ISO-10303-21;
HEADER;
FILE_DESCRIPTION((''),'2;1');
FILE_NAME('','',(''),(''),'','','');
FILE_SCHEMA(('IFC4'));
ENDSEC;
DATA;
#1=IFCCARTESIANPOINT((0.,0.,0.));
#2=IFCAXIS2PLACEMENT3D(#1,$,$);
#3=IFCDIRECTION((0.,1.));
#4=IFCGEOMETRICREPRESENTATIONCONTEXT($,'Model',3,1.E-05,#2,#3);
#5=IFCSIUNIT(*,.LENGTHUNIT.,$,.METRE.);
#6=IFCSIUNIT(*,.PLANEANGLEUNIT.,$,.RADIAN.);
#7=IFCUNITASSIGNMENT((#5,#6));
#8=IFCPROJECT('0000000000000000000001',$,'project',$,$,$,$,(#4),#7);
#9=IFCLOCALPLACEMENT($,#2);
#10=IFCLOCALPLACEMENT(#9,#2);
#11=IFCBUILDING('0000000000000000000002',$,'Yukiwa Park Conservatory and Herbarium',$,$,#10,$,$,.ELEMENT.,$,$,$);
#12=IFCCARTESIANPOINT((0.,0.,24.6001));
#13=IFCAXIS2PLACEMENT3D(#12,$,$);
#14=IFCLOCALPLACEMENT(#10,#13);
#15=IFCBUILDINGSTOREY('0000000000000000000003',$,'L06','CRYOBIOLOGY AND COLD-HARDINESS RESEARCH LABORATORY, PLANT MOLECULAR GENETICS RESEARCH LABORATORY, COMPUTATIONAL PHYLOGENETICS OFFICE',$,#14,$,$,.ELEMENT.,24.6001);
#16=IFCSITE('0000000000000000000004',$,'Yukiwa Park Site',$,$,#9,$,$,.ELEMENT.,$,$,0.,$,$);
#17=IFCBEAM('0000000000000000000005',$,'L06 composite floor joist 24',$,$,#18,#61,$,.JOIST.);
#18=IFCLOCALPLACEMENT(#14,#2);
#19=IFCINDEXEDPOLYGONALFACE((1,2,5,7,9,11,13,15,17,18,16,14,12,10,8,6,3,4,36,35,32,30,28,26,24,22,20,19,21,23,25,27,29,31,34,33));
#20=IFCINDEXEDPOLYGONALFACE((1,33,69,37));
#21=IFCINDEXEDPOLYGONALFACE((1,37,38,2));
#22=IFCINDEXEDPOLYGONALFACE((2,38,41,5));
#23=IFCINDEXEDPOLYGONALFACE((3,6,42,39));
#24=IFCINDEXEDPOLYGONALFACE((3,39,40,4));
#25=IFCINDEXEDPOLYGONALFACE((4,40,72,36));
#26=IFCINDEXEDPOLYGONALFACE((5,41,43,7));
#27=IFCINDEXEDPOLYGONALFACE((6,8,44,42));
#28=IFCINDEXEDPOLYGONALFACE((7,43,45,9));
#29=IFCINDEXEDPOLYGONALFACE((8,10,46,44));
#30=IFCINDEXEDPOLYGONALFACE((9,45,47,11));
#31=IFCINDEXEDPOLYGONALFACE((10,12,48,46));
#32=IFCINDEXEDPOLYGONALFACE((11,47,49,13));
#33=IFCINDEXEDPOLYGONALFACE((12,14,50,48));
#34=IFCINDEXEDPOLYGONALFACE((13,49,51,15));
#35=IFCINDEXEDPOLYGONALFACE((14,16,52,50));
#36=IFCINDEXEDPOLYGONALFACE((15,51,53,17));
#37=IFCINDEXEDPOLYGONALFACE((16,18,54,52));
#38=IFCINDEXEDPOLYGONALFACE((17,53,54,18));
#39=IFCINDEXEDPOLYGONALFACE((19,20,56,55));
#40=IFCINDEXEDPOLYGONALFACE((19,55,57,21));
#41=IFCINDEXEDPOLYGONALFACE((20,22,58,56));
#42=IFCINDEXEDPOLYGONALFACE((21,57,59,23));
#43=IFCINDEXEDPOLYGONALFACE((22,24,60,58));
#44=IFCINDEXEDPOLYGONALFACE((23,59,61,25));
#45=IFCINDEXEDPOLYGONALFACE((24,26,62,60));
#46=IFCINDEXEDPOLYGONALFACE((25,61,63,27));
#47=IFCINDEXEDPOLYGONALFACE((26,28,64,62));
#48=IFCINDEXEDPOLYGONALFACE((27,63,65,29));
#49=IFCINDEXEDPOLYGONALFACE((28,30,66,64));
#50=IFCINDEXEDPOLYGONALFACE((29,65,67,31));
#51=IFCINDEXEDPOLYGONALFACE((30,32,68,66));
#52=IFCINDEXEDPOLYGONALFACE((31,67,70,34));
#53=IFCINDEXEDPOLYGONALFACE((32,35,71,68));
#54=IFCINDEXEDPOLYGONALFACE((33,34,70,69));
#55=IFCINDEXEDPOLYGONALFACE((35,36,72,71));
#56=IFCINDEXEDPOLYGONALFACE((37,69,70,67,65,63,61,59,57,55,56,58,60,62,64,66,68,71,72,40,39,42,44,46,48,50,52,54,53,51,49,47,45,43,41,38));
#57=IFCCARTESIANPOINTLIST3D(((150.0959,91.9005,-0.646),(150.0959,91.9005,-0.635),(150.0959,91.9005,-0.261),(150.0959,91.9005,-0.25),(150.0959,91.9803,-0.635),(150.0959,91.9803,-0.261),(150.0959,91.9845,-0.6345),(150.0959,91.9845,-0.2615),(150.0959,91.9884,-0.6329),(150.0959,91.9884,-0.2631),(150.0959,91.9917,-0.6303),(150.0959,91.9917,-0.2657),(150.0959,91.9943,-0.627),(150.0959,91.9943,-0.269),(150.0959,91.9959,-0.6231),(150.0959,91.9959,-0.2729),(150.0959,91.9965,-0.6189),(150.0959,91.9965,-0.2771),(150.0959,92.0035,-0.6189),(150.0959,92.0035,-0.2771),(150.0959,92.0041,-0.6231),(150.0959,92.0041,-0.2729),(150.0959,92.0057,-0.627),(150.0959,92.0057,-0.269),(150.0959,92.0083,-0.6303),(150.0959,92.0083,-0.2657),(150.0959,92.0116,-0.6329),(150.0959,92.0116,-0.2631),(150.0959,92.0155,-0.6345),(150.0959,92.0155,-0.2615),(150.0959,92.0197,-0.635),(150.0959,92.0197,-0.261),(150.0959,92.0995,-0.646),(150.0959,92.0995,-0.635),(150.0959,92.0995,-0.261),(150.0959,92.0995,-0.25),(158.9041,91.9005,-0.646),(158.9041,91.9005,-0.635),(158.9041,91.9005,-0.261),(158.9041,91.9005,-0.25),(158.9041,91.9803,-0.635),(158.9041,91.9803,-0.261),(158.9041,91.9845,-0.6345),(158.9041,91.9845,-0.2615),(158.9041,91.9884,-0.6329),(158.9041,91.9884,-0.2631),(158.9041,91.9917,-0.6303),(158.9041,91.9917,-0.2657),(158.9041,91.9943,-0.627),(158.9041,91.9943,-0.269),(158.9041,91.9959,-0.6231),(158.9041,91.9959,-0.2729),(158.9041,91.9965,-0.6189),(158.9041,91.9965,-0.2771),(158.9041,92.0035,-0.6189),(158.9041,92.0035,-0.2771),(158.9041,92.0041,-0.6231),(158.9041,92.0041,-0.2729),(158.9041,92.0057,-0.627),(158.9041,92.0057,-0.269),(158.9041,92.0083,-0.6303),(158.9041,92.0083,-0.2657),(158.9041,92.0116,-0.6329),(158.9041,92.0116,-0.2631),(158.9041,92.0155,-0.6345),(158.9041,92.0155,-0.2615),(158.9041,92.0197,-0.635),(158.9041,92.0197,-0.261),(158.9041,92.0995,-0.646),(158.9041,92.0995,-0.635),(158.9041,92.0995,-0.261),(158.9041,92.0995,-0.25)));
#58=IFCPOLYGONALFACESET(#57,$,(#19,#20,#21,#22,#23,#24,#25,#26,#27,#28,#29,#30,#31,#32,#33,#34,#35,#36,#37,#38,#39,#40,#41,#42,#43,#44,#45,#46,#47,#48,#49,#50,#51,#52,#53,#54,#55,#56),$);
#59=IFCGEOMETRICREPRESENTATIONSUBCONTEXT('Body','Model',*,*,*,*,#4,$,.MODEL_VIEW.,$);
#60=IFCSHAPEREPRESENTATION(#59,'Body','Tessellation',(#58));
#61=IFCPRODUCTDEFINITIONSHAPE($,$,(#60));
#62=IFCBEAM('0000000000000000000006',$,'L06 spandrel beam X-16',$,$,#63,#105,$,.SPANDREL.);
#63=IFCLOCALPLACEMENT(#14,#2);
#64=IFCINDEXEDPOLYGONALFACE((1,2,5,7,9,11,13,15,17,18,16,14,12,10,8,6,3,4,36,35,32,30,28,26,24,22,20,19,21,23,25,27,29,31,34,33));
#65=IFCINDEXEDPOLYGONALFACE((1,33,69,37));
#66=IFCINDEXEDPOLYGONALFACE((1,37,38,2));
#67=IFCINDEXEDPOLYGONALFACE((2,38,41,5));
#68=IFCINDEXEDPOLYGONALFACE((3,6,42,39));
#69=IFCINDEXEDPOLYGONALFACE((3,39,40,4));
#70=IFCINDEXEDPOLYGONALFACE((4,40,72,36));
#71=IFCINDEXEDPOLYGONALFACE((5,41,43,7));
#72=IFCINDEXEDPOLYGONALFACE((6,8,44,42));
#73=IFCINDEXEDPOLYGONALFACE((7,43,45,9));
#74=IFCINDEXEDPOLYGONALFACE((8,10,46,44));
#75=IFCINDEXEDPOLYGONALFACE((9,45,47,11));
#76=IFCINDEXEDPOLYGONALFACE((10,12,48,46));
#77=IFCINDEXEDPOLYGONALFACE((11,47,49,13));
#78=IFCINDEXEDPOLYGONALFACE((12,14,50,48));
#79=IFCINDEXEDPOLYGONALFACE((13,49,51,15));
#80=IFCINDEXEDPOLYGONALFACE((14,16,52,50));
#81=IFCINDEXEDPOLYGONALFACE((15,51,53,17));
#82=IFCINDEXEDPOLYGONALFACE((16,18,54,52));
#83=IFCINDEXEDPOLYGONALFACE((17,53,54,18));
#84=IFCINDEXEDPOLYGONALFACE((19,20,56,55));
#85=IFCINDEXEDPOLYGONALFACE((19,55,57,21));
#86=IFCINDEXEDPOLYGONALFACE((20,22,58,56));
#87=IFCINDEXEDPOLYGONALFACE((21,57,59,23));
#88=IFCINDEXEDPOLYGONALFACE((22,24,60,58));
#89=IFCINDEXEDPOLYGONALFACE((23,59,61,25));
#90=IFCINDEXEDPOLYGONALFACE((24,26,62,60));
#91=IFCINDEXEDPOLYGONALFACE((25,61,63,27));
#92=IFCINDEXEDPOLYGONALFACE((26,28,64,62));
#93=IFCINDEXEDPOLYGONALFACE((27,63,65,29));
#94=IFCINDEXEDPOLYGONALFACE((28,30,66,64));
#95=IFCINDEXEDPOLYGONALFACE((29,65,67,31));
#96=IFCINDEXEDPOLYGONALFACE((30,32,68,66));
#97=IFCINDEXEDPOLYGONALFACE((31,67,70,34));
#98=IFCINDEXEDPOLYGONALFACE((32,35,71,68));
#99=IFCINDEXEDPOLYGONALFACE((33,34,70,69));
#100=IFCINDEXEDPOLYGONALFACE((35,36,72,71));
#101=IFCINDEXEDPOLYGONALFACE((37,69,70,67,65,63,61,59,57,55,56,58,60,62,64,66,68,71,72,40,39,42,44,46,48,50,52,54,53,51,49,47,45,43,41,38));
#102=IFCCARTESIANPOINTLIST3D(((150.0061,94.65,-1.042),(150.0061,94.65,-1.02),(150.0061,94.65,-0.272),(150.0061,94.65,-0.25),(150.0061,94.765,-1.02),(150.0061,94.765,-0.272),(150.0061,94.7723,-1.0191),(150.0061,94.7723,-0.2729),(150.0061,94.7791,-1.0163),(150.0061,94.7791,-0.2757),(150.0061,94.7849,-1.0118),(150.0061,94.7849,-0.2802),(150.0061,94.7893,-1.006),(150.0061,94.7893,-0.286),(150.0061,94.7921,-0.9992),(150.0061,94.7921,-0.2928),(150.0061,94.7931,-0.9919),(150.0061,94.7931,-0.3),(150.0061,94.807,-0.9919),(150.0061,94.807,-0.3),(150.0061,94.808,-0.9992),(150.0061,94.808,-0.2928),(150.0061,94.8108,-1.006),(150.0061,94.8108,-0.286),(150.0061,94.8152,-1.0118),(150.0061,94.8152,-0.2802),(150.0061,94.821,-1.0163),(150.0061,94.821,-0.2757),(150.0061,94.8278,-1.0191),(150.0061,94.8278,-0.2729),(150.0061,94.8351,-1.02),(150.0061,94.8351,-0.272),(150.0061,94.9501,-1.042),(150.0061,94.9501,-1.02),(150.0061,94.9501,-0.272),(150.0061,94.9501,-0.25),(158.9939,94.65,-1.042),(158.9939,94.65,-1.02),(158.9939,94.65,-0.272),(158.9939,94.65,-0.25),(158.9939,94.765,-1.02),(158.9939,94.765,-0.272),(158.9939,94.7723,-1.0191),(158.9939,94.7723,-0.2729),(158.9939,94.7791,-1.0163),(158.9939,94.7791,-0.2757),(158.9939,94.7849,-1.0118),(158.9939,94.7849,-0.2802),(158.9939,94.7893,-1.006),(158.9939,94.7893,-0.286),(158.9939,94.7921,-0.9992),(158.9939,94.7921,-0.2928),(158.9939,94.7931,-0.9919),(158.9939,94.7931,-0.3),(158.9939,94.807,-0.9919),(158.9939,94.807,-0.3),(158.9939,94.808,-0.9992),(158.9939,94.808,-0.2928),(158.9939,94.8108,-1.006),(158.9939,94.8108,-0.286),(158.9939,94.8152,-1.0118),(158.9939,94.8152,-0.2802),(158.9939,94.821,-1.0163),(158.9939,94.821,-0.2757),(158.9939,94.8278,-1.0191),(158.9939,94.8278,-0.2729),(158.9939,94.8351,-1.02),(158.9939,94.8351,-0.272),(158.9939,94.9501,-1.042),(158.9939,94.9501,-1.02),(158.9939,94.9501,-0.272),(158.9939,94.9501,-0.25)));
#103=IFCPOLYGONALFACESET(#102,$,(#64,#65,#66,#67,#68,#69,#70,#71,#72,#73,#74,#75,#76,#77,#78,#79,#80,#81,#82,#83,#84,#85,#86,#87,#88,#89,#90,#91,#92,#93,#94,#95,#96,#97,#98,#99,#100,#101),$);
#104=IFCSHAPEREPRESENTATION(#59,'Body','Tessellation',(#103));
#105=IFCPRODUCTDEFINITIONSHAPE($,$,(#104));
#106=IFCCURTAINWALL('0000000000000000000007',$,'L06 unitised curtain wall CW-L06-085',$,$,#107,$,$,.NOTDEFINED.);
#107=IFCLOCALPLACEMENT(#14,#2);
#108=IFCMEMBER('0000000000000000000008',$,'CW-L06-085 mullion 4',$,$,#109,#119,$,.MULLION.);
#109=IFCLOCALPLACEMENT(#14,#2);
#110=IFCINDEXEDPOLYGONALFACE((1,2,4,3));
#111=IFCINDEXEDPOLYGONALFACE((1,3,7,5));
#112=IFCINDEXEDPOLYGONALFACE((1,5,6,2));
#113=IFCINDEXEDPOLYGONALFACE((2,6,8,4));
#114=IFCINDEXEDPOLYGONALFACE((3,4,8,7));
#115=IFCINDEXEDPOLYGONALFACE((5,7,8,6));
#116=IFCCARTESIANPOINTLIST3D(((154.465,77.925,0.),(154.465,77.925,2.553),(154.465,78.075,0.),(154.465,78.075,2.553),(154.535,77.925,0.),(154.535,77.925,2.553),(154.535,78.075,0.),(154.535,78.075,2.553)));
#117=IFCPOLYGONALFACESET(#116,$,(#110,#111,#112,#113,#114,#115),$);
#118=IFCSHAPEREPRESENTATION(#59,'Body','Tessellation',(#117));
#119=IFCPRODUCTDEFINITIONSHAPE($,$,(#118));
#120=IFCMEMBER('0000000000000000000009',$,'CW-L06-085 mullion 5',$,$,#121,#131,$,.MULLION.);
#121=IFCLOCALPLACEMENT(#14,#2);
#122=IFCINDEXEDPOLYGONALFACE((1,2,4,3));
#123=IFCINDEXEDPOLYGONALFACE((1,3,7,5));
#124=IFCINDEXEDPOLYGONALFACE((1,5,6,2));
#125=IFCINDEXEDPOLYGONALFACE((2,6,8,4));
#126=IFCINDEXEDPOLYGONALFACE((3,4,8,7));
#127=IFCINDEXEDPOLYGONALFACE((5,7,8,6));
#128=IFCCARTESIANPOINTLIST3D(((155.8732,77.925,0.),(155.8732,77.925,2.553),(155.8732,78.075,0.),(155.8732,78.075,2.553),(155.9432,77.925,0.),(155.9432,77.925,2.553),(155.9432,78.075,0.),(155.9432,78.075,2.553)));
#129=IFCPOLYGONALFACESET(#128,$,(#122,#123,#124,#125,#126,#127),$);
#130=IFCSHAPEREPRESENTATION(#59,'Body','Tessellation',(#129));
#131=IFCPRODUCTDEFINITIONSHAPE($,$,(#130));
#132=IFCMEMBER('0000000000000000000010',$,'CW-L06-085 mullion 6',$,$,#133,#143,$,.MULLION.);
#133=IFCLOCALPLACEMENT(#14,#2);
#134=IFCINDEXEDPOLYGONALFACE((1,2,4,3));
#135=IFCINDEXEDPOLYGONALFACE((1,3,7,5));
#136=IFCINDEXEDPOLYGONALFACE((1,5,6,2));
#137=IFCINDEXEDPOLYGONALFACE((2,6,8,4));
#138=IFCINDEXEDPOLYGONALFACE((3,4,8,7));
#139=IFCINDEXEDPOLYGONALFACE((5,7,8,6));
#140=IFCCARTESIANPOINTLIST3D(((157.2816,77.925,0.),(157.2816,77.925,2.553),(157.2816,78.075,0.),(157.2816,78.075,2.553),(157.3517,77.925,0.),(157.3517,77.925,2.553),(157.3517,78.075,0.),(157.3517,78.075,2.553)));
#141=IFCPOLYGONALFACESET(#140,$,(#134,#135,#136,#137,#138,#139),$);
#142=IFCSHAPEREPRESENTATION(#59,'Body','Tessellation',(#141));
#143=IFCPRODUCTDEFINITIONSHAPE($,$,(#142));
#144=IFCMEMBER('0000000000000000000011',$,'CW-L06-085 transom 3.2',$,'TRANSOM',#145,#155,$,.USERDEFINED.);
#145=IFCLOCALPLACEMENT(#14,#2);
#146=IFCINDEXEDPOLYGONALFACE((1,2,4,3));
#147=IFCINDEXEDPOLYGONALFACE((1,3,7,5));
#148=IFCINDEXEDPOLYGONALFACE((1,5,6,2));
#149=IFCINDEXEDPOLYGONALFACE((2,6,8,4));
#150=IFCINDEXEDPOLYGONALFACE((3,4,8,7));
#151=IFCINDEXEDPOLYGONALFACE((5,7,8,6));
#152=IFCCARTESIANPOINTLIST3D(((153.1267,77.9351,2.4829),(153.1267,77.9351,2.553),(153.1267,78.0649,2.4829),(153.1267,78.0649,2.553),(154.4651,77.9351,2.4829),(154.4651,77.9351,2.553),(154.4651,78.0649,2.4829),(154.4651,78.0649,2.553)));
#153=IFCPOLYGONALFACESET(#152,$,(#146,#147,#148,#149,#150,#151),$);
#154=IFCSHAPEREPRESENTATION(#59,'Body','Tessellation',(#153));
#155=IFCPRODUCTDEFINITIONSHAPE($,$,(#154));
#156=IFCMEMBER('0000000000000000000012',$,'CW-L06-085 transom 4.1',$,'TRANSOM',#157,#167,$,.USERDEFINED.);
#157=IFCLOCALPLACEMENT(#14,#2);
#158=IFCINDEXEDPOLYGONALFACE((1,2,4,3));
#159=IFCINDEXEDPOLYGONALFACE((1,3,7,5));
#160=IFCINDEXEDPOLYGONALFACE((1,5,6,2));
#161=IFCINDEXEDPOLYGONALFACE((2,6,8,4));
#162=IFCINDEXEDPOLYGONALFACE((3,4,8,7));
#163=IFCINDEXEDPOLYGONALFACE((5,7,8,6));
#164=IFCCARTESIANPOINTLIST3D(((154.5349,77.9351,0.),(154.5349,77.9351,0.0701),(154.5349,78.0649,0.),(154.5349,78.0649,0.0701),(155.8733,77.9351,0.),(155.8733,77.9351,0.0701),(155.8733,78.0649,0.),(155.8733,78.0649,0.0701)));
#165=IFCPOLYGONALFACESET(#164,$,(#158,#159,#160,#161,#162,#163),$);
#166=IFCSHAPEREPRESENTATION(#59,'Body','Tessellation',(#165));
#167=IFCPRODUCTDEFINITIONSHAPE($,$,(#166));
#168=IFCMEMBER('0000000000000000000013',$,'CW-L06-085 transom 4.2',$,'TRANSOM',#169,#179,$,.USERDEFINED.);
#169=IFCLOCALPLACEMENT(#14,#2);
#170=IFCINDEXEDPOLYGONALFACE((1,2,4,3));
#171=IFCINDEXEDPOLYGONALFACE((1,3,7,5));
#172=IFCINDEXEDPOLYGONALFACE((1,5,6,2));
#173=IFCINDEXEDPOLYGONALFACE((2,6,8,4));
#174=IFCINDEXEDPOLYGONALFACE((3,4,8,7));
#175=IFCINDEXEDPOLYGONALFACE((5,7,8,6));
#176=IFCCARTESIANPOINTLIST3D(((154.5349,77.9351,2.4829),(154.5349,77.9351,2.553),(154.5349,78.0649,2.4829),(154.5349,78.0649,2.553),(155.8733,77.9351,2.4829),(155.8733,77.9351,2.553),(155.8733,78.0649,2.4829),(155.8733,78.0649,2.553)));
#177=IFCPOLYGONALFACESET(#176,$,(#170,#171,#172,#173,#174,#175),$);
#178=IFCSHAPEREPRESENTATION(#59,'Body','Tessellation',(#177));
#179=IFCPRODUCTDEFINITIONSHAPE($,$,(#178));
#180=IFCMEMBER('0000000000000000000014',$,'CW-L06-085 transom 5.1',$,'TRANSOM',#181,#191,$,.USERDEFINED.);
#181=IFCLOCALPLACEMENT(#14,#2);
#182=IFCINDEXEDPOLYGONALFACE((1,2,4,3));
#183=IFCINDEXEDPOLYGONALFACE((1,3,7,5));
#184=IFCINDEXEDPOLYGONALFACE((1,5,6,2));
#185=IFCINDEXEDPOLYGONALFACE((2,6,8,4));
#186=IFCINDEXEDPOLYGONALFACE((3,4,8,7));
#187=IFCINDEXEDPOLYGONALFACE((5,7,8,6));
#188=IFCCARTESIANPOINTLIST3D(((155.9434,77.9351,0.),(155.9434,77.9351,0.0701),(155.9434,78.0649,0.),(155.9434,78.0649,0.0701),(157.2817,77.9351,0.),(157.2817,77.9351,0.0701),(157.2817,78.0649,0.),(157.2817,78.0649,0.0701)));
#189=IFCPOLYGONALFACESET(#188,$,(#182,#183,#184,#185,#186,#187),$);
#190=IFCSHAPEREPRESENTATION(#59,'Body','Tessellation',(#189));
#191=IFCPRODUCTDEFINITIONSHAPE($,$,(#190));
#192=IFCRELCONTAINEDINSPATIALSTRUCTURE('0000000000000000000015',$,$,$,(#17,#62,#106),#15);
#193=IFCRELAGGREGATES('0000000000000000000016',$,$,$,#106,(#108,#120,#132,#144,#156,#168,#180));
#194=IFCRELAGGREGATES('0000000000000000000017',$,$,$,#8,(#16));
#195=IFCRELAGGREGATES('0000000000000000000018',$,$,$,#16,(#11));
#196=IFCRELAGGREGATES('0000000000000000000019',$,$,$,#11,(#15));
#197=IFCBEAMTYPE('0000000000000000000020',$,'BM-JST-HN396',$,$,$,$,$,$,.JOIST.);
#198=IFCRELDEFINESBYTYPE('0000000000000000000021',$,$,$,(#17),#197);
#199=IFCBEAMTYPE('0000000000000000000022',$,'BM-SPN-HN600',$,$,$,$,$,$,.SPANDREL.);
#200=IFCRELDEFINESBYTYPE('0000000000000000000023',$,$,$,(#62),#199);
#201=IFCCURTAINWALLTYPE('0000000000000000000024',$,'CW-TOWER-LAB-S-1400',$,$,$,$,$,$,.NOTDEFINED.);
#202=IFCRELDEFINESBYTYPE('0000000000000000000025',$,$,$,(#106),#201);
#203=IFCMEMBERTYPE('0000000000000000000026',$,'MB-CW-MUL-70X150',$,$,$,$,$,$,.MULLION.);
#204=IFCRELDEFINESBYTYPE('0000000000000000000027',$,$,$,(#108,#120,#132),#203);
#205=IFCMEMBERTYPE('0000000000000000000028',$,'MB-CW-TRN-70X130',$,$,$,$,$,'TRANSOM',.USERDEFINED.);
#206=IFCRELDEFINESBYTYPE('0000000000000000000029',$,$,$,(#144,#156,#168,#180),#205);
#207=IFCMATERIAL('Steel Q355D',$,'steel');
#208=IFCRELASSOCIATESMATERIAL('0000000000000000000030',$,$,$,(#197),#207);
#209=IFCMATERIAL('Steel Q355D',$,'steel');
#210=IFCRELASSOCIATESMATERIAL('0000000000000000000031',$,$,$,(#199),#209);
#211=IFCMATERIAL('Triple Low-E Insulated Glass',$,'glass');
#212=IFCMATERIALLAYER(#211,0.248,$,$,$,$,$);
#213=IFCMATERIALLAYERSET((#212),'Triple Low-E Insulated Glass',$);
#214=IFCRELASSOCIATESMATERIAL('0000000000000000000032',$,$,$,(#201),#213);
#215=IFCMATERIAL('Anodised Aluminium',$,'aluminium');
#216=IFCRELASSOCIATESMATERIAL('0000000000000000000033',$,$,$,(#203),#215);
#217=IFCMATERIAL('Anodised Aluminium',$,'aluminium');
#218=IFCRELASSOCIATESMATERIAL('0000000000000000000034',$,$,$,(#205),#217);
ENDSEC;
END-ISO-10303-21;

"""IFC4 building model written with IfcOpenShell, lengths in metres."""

from ifc_helpers import new_model, si_unit, direction, frame, origin, origin_2d, place, context, subcontext, project, spatial, rectangle, i_section, extrude, material, layer, layer_set, material_profile, profile_set, type_object, element, aggregate, save


model = new_model("IFC4")

# Units and contexts
model_context = context("Model", 3, precision=1e-05, world=origin(), true_north=direction((0.0, 1.0)))
body_context = subcontext(model_context, "Body", "Model", "MODEL_VIEW")
ifc_project = project(units=[si_unit("LENGTHUNIT", "METRE"), si_unit("PLANEANGLEUNIT", "RADIAN")], contexts=[model_context])

# Site, building, storey
site_placement = place(None, origin())
site = spatial("IfcSite", under=ifc_project, at=site_placement, Name="Yukiwa Park Site", CompositionType="ELEMENT", RefElevation=0.0)
building_placement = place(site_placement, origin())
building = spatial("IfcBuilding", under=site, at=building_placement, Name="Yukiwa Park Conservatory and Herbarium", CompositionType="ELEMENT")
storey_placement = place(building_placement, frame((0.0, 0.0, 24.6001)))
storey = spatial("IfcBuildingStorey", under=building, at=storey_placement, Name="L06", Description="CRYOBIOLOGY AND COLD-HARDINESS RESEARCH LABORATORY, PLANT MOLECULAR GENETICS RESEARCH LABORATORY, COMPUTATIONAL PHYLOGENETICS OFFICE", CompositionType="ELEMENT", Elevation=24.6001)

# Beams
ifc_material_1 = material(Name="Steel Q355D", Category="steel")
ifc_material_profile_1 = material_profile(ifc_material_1, i_section(OverallWidth=0.199, OverallDepth=0.396, WebThickness=0.0071, FlangeThickness=0.011, FilletRadius=0.0161, at=origin_2d()), Name="HN 396x199x7x11")
ifc_profile_set_1 = profile_set([ifc_material_profile_1], Name="Steel Q355D")
beam_type_1 = type_object("IfcBeamType", Name="BM-JST-HN396", PredefinedType="JOIST", material=ifc_profile_set_1)
for number, where, z_axis, x_axis, name in (
    (1, (150.0959, 92.0, -0.448), (1.0, 0.0, 0.0), (0.0, 1.0, 0.0), "L06 composite floor joist 24"),
):
    element("IfcBeam", number, at=place(storey_placement, frame(where, z_axis=z_axis, x_axis=x_axis)), inside=storey, type_object=beam_type_1, Name=name, PredefinedType="JOIST", context=body_context, shape_type="SweptSolid", body=[
        extrude(i_section(OverallWidth=0.199, OverallDepth=0.396, WebThickness=0.0071, FlangeThickness=0.011, FilletRadius=0.0161, at=origin_2d()), origin(), (0.0, 0.0, 1.0), 8.8081),
    ])
ifc_material_2 = material(Name="Steel Q355D", Category="steel")
ifc_material_profile_2 = material_profile(ifc_material_2, i_section(OverallWidth=0.3, OverallDepth=0.792, WebThickness=0.0139, FlangeThickness=0.022, FilletRadius=0.0281, at=origin_2d()), Name="HN 792x300x14x22")
ifc_profile_set_2 = profile_set([ifc_material_profile_2], Name="Steel Q355D")
beam_type_2 = type_object("IfcBeamType", Name="BM-SPN-HN600", PredefinedType="SPANDREL", material=ifc_profile_set_2)
beam_1_placement = place(storey_placement, frame((150.0061, 94.8, -0.646), z_axis=(1.0, 0.0, 0.0), x_axis=(0.0, 1.0, 0.0)))
element("IfcBeam", 2, at=beam_1_placement, inside=storey, type_object=beam_type_2, Name="L06 spandrel beam X-16", PredefinedType="SPANDREL", context=body_context, shape_type="SweptSolid", body=[
    extrude(i_section(OverallWidth=0.3, OverallDepth=0.792, WebThickness=0.0139, FlangeThickness=0.022, FilletRadius=0.0281, at=origin_2d()), origin(), (0.0, 0.0, 1.0), 8.9878),
])

# Curtain wall, members
ifc_material_3 = material(Name="Triple Low-E Insulated Glass", Category="glass")
ifc_layer_1 = layer(ifc_material_3, 0.248)
ifc_layer_set_1 = layer_set([ifc_layer_1], Name="Triple Low-E Insulated Glass")
curtain_wall_type = type_object("IfcCurtainWallType", Name="CW-TOWER-LAB-S-1400", PredefinedType="NOTDEFINED", material=ifc_layer_set_1)
curtain_wall_placement = place(storey_placement, origin())
curtain_wall = element("IfcCurtainWall", 3, at=curtain_wall_placement, inside=storey, type_object=curtain_wall_type, Name="L06 unitised curtain wall CW-L06-085", PredefinedType="NOTDEFINED")
ifc_material_4 = material(Name="Anodised Aluminium", Category="aluminium")
member_type_1 = type_object("IfcMemberType", Name="MB-CW-MUL-70X150", PredefinedType="MULLION", material=ifc_material_4)
member_1_placement = place(storey_placement, frame((154.5, 78.0, 0.0), z_axis=(0.0, 0.0, 1.0), x_axis=(1.0, 0.0, 0.0)))
member_1 = element("IfcMember", 4, at=member_1_placement, type_object=member_type_1, Name="CW-L06-085 mullion 4", PredefinedType="MULLION", context=body_context, shape_type="SweptSolid", body=[
    extrude(rectangle(XDim=0.0701, YDim=0.1499, at=origin_2d()), origin(), (0.0, 0.0, 1.0), 2.553),
])
member_2_placement = place(storey_placement, frame((155.9082, 78.0, 0.0), z_axis=(0.0, 0.0, 1.0), x_axis=(1.0, 0.0, 0.0)))
member_2 = element("IfcMember", 5, at=member_2_placement, type_object=member_type_1, Name="CW-L06-085 mullion 5", PredefinedType="MULLION", context=body_context, shape_type="SweptSolid", body=[
    extrude(rectangle(XDim=0.0701, YDim=0.1499, at=origin_2d()), origin(), (0.0, 0.0, 1.0), 2.553),
])
member_3_placement = place(storey_placement, frame((157.3167, 78.0, 0.0), z_axis=(0.0, 0.0, 1.0), x_axis=(1.0, 0.0, 0.0)))
member_3 = element("IfcMember", 6, at=member_3_placement, type_object=member_type_1, Name="CW-L06-085 mullion 6", PredefinedType="MULLION", context=body_context, shape_type="SweptSolid", body=[
    extrude(rectangle(XDim=0.0701, YDim=0.1499, at=origin_2d()), origin(), (0.0, 0.0, 1.0), 2.553),
])
ifc_material_5 = material(Name="Anodised Aluminium", Category="aluminium")
member_type_2 = type_object("IfcMemberType", Name="MB-CW-TRN-70X130", ElementType="TRANSOM", PredefinedType="USERDEFINED", material=ifc_material_5)
member_4_placement = place(storey_placement, frame((153.7959, 78.0, 2.4829), z_axis=(0.0, 0.0, 1.0), x_axis=(1.0, 0.0, 0.0)))
member_4 = element("IfcMember", 7, at=member_4_placement, type_object=member_type_2, Name="CW-L06-085 transom 3.2", ObjectType="TRANSOM", PredefinedType="USERDEFINED", context=body_context, shape_type="SweptSolid", body=[
    extrude(rectangle(XDim=1.3384, YDim=0.1299, at=origin_2d()), origin(), (0.0, 0.0, 1.0), 0.0701),
])
member_5_placement = place(storey_placement, frame((155.2041, 78.0, 0.0), z_axis=(0.0, 0.0, 1.0), x_axis=(1.0, 0.0, 0.0)))
member_5 = element("IfcMember", 8, at=member_5_placement, type_object=member_type_2, Name="CW-L06-085 transom 4.1", ObjectType="TRANSOM", PredefinedType="USERDEFINED", context=body_context, shape_type="SweptSolid", body=[
    extrude(rectangle(XDim=1.3384, YDim=0.1299, at=origin_2d()), origin(), (0.0, 0.0, 1.0), 0.0701),
])
member_6_placement = place(storey_placement, frame((155.2041, 78.0, 2.4829), z_axis=(0.0, 0.0, 1.0), x_axis=(1.0, 0.0, 0.0)))
member_6 = element("IfcMember", 9, at=member_6_placement, type_object=member_type_2, Name="CW-L06-085 transom 4.2", ObjectType="TRANSOM", PredefinedType="USERDEFINED", context=body_context, shape_type="SweptSolid", body=[
    extrude(rectangle(XDim=1.3384, YDim=0.1299, at=origin_2d()), origin(), (0.0, 0.0, 1.0), 0.0701),
])
member_7_placement = place(storey_placement, frame((156.6125, 78.0, 0.0), z_axis=(0.0, 0.0, 1.0), x_axis=(1.0, 0.0, 0.0)))
member_7 = element("IfcMember", 10, at=member_7_placement, type_object=member_type_2, Name="CW-L06-085 transom 5.1", ObjectType="TRANSOM", PredefinedType="USERDEFINED", context=body_context, shape_type="SweptSolid", body=[
    extrude(rectangle(XDim=1.3384, YDim=0.1299, at=origin_2d()), origin(), (0.0, 0.0, 1.0), 0.0701),
])
aggregate(curtain_wall, [member_1, member_2, member_3, member_4, member_5, member_6, member_7])

save(model, "model.ifc")
